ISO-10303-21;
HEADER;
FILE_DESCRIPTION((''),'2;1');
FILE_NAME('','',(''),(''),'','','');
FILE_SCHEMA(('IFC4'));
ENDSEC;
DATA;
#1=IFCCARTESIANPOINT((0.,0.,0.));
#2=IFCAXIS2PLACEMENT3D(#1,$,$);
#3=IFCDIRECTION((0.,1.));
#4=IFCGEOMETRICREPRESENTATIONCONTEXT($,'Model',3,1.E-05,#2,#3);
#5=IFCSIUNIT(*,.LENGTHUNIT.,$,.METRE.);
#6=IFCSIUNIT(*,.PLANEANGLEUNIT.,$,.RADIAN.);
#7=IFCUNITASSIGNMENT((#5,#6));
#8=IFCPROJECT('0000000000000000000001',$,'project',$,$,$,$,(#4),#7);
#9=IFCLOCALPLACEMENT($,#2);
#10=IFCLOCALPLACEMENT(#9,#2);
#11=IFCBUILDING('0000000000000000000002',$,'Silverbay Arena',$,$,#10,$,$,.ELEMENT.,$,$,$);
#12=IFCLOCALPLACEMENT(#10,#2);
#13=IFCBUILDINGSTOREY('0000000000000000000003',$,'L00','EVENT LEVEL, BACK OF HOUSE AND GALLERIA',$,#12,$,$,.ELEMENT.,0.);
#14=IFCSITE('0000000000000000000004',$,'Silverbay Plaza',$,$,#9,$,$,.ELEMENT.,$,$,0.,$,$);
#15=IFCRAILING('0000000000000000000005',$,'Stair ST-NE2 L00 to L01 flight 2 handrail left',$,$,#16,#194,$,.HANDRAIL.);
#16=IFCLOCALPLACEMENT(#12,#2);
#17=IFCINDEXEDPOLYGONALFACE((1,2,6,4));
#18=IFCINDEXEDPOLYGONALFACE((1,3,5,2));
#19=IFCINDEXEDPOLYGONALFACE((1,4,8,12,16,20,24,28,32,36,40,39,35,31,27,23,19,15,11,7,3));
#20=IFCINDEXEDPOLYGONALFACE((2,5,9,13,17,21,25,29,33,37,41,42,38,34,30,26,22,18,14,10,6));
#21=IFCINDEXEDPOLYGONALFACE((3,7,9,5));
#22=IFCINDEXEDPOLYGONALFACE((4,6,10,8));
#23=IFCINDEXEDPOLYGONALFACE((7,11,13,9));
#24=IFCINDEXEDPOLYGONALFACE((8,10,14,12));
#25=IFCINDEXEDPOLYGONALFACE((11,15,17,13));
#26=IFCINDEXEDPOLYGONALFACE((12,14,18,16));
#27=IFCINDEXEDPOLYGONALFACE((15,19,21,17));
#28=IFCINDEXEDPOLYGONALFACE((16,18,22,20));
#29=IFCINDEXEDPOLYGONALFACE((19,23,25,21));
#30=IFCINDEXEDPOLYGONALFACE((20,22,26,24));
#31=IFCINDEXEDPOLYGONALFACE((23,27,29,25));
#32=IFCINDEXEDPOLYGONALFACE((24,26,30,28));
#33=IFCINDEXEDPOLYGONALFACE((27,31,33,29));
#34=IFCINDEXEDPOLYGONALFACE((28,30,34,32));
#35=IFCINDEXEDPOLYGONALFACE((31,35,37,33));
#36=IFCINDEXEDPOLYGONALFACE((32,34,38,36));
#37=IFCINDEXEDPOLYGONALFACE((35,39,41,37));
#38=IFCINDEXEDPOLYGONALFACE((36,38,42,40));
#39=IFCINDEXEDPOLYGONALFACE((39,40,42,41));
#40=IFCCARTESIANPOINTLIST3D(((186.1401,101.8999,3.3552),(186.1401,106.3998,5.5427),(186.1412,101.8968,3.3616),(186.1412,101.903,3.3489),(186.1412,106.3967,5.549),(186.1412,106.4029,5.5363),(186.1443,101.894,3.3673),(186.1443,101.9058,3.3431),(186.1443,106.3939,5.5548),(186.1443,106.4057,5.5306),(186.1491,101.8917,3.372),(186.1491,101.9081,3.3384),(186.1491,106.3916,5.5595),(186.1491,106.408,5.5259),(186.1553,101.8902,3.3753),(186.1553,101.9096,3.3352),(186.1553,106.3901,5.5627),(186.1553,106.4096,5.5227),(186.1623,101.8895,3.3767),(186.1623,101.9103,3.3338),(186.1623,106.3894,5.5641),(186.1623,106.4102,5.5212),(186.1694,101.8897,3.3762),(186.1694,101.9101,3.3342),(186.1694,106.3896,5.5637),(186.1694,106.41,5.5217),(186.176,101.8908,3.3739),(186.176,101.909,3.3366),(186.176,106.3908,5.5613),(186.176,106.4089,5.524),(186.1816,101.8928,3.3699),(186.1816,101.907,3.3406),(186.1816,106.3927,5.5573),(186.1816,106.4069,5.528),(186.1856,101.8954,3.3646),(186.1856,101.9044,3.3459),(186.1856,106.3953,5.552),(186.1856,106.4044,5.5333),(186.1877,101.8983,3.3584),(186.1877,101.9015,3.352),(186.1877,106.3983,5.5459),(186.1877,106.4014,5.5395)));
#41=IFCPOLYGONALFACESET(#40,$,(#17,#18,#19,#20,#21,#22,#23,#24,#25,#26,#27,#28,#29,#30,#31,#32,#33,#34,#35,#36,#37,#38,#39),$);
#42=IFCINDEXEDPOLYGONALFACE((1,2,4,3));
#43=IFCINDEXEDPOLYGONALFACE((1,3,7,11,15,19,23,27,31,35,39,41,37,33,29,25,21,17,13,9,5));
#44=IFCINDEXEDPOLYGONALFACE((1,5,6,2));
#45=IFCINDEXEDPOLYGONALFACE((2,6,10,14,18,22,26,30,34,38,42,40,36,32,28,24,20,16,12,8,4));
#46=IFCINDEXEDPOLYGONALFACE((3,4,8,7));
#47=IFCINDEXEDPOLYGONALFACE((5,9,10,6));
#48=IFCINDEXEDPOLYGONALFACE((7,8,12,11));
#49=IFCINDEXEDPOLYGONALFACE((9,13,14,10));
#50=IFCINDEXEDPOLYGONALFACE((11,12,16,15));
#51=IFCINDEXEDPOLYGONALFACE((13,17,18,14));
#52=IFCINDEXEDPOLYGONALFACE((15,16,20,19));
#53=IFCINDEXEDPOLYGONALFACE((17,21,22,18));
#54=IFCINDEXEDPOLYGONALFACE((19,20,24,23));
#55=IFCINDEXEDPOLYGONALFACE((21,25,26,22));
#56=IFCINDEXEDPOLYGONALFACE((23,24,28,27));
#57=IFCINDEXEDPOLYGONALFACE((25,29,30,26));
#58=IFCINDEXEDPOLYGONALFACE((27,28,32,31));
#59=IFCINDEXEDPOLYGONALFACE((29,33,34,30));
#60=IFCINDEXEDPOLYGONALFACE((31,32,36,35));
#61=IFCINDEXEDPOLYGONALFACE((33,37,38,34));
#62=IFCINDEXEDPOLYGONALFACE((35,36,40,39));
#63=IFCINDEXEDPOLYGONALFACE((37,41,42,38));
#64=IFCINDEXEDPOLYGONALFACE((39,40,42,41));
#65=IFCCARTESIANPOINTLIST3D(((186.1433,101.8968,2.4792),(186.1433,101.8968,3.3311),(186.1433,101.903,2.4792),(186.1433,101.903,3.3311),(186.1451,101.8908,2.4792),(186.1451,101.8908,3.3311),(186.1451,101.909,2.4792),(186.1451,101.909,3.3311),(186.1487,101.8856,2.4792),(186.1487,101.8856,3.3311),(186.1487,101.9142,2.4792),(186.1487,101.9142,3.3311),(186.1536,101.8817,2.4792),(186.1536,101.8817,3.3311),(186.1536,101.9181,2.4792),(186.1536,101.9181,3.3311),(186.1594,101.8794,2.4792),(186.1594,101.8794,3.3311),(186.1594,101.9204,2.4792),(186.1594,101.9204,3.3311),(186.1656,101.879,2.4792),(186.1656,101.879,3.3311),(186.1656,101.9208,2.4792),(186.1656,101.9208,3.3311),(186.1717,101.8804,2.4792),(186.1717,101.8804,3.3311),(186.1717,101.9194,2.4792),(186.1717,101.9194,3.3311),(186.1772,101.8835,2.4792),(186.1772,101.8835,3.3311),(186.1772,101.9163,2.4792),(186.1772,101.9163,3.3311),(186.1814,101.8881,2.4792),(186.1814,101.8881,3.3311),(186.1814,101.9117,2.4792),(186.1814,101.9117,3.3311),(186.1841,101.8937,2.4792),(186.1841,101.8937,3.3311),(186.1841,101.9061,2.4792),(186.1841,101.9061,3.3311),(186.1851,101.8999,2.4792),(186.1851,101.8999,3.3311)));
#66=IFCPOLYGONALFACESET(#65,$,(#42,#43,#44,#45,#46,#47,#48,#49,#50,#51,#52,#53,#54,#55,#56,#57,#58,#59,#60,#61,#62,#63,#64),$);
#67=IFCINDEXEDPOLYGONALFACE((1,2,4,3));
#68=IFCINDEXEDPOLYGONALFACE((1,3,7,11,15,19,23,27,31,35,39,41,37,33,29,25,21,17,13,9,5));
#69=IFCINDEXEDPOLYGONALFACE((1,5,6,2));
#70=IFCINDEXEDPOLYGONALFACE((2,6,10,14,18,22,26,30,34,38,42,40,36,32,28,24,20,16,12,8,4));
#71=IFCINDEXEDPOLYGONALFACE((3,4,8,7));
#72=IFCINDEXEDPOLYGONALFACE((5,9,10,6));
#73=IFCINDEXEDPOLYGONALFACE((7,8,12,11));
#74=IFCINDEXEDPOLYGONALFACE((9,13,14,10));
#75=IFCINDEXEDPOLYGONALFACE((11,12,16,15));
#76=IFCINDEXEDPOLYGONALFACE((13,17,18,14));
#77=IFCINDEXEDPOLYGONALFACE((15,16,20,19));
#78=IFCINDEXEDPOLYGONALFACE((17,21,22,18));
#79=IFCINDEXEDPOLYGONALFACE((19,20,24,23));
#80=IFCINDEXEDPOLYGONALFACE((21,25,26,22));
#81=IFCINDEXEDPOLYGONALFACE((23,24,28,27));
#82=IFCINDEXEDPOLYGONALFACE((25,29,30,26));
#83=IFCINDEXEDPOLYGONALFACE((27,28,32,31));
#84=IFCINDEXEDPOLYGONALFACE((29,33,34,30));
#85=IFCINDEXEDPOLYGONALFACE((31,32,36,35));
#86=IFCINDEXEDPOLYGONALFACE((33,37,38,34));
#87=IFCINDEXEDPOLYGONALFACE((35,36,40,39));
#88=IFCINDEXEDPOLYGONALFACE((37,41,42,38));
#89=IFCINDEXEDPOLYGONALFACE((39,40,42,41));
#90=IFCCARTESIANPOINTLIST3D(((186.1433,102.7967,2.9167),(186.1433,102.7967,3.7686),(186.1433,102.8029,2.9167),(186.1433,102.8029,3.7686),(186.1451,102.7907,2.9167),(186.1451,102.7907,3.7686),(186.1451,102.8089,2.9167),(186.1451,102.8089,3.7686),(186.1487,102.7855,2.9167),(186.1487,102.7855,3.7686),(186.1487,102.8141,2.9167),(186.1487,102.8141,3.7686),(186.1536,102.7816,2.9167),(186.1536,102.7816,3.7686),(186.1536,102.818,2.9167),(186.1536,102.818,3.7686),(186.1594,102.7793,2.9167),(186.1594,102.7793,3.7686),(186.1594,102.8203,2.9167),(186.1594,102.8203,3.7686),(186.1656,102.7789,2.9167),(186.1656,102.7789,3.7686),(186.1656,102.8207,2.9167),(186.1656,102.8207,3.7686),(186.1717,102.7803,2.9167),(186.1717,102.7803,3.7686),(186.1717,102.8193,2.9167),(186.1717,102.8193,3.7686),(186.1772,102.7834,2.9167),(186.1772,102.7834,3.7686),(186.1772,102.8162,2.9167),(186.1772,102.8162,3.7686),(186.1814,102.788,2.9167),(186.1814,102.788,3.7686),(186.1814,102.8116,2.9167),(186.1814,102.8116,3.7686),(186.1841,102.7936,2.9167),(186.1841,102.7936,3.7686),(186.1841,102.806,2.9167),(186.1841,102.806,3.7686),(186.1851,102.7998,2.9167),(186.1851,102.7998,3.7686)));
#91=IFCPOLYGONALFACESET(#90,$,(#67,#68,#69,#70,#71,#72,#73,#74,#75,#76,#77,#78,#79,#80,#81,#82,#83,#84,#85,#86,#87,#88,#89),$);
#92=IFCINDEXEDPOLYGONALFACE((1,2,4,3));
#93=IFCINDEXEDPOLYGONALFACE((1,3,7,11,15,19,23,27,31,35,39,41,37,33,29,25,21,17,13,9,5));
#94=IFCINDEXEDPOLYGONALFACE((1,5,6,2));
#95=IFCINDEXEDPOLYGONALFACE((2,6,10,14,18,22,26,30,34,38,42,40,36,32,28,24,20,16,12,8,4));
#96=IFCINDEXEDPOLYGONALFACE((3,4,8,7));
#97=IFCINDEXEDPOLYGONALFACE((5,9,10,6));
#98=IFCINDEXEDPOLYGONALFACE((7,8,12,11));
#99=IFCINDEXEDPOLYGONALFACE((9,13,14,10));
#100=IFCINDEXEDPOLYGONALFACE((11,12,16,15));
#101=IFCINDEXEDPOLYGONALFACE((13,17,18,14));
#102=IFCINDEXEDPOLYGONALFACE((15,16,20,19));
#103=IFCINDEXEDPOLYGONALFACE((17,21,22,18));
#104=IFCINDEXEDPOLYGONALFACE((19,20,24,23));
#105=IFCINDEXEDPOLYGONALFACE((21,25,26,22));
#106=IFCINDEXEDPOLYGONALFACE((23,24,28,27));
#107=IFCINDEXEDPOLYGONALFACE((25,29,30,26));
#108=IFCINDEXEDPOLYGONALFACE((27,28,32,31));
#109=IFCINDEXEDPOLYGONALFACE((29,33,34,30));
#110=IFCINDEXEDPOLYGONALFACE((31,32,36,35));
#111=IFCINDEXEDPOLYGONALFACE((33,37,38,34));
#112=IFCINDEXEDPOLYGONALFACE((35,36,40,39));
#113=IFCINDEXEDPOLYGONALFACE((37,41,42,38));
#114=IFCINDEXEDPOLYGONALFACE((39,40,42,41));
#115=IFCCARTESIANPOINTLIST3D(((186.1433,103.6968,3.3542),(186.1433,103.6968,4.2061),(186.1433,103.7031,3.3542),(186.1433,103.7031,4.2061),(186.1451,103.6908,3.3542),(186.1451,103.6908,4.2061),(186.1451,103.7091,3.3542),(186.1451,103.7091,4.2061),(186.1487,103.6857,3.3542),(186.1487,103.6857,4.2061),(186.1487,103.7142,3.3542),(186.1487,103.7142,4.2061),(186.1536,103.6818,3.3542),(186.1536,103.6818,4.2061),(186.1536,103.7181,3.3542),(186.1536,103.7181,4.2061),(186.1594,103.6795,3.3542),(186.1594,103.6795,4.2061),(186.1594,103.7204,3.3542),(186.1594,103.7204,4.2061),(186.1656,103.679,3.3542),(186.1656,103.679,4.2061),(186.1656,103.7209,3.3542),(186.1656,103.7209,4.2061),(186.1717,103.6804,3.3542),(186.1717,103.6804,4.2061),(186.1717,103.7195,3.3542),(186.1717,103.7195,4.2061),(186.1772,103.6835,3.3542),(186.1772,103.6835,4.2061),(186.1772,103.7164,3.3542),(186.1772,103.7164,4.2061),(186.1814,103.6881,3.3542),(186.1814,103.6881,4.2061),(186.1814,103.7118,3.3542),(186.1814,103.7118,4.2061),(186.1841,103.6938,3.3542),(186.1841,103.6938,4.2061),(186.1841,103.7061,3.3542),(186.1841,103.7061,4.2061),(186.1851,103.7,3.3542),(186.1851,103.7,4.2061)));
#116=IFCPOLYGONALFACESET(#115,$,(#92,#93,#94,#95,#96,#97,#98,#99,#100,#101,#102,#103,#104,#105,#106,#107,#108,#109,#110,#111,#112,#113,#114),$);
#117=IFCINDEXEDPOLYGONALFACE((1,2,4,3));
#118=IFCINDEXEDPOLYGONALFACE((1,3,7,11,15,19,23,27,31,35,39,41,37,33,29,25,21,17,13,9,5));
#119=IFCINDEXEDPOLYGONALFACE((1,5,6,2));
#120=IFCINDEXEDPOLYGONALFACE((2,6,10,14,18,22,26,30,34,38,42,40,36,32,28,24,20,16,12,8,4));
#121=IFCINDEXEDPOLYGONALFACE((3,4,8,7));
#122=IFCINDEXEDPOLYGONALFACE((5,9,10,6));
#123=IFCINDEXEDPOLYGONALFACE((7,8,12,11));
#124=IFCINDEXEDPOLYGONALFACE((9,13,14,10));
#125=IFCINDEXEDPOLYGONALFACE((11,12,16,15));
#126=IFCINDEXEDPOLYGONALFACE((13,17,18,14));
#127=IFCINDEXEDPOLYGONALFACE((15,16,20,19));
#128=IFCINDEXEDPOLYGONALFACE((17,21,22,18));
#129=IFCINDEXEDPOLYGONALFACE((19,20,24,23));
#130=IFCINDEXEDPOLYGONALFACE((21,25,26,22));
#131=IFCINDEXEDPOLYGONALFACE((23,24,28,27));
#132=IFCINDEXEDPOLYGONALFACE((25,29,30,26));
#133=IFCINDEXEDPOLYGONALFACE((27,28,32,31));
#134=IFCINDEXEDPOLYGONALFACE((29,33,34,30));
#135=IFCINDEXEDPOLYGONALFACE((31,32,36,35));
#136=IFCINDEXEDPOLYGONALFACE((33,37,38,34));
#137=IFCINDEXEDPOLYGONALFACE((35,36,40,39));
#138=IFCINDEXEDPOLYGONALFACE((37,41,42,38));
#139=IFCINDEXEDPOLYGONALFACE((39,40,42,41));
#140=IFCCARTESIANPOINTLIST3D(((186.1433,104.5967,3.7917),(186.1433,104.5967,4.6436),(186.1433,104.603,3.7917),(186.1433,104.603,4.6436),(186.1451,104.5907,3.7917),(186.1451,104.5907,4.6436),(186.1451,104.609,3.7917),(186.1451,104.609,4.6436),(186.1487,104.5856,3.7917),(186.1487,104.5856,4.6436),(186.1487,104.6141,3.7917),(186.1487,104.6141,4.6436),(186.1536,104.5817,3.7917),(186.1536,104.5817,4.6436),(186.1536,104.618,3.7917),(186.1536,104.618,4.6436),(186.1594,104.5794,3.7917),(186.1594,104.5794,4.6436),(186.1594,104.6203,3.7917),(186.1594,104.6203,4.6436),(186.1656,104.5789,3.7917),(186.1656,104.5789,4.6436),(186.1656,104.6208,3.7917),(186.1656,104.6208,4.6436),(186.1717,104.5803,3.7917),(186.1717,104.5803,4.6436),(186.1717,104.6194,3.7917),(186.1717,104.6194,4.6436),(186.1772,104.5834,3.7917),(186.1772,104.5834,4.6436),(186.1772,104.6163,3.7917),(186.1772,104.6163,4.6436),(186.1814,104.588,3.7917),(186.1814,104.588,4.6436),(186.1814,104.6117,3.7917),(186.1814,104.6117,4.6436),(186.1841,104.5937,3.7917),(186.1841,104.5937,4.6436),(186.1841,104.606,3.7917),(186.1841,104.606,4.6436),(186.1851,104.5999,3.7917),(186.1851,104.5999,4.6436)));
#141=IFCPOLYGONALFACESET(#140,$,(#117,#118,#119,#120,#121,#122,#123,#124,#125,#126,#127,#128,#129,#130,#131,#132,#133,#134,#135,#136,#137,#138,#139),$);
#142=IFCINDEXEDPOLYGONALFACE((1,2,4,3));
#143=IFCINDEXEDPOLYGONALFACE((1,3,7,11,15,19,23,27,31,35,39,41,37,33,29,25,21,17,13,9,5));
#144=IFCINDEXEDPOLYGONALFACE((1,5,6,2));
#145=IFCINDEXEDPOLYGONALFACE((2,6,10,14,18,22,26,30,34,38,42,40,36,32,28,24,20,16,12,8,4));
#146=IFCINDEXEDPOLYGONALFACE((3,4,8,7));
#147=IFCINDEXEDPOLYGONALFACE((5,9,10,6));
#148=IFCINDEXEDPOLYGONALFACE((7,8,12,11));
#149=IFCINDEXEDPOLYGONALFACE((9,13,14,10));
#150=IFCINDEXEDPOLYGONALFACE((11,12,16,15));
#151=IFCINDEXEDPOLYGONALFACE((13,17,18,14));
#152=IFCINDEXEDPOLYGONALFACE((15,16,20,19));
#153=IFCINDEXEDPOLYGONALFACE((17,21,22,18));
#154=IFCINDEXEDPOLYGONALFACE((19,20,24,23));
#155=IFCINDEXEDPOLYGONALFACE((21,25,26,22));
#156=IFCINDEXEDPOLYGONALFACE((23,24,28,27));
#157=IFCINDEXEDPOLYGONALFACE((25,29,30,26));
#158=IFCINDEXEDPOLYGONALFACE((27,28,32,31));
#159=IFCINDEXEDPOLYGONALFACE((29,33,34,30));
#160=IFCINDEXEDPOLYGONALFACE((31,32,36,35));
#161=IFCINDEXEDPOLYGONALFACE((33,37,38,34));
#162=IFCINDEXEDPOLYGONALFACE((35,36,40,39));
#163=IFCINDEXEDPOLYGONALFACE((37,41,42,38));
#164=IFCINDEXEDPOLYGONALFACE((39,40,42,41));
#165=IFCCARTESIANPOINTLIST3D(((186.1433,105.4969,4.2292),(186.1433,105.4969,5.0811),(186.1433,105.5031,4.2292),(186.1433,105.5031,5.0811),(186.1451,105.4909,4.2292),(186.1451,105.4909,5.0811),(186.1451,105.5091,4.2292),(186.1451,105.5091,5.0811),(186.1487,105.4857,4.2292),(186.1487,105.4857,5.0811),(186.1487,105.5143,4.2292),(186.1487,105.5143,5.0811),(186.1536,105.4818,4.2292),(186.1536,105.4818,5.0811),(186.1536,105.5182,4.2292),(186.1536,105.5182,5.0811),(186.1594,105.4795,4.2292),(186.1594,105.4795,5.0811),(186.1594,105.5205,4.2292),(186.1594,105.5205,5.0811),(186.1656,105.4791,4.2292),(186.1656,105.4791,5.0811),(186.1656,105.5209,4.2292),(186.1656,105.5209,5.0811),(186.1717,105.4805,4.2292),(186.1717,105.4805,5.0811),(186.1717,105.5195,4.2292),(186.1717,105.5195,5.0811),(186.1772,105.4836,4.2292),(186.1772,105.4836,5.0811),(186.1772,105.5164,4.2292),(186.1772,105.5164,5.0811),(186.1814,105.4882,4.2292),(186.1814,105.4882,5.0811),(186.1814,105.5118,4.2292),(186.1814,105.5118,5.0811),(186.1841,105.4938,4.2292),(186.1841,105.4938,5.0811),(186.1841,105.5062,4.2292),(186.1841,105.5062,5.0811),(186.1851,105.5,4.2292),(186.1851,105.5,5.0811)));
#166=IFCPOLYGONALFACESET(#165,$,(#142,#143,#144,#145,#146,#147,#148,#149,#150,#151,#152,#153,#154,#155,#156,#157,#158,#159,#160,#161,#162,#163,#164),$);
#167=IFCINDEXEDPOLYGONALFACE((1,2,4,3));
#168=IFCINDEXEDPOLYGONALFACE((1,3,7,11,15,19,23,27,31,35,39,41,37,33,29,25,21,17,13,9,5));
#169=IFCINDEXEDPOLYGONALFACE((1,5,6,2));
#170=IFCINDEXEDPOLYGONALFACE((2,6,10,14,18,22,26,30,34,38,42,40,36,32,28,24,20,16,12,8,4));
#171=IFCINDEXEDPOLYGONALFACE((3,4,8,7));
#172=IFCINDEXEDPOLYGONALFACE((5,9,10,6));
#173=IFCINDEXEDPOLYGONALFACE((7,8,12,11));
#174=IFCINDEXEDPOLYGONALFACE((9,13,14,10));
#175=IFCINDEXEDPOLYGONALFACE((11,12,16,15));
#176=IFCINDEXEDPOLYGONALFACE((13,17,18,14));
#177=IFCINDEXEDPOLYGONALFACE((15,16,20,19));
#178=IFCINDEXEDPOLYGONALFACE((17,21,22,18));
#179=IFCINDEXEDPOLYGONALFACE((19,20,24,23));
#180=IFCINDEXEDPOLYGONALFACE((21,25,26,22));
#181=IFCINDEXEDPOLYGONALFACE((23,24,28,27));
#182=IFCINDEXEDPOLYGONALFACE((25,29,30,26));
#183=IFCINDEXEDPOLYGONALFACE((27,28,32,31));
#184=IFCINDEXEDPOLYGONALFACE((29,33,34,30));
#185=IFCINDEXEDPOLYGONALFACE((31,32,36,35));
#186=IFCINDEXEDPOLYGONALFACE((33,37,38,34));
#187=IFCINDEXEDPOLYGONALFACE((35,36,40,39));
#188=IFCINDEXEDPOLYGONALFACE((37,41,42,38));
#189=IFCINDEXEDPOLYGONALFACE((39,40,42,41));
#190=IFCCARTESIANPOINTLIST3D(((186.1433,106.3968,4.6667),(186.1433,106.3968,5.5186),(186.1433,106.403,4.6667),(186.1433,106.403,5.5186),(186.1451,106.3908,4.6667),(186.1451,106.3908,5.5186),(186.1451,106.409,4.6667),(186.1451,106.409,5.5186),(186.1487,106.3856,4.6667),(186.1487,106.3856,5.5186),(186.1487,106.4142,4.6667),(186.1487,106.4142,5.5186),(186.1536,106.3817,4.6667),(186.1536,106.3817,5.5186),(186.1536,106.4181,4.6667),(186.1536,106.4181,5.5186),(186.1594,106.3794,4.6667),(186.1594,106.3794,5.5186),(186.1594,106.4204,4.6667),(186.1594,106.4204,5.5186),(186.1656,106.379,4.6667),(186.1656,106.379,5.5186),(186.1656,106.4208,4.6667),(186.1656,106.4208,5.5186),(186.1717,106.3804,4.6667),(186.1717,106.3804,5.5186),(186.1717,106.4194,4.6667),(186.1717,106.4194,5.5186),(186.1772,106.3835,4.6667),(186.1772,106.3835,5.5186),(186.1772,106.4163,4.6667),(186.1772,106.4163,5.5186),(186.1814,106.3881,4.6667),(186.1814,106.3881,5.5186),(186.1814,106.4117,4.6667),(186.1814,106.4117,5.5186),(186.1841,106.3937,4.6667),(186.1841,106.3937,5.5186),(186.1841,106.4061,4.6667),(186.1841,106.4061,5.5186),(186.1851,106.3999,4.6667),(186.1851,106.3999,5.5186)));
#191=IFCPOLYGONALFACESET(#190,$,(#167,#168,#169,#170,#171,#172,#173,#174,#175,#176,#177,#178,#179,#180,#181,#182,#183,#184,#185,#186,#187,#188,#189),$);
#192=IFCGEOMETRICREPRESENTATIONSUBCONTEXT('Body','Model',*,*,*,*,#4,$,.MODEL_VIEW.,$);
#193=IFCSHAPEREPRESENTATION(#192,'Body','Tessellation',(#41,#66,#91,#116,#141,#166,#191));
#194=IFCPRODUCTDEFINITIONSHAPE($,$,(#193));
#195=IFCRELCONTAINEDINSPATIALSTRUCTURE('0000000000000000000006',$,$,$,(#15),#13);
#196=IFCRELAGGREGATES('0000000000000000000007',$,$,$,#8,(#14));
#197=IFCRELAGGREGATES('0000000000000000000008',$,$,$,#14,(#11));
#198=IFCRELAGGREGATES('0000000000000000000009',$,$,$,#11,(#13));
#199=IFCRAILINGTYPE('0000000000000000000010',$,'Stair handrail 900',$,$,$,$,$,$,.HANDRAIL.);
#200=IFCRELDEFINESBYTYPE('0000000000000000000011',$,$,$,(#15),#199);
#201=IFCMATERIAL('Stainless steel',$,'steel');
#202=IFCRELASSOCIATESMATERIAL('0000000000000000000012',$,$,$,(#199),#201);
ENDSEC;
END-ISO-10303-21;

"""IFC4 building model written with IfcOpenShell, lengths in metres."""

from ifc_helpers import new_model, si_unit, direction, frame, origin, origin_2d, place, context, subcontext, project, spatial, circle, extrude, material, type_object, element, save


model = new_model("IFC4")

# Units and contexts
model_context = context("Model", 3, precision=1e-05, world=origin(), true_north=direction((0.0, 1.0)))
body_context = subcontext(model_context, "Body", "Model", "MODEL_VIEW")
ifc_project = project(units=[si_unit("LENGTHUNIT", "METRE"), si_unit("PLANEANGLEUNIT", "RADIAN")], contexts=[model_context])

# Site, building, storey
site_placement = place(None, origin())
site = spatial("IfcSite", under=ifc_project, at=site_placement, Name="Silverbay Plaza", CompositionType="ELEMENT", RefElevation=0.0)
building_placement = place(site_placement, origin())
building = spatial("IfcBuilding", under=site, at=building_placement, Name="Silverbay Arena", CompositionType="ELEMENT")
storey_placement = place(building_placement, origin())
storey = spatial("IfcBuildingStorey", under=building, at=storey_placement, Name="L00", Description="EVENT LEVEL, BACK OF HOUSE AND GALLERIA", CompositionType="ELEMENT", Elevation=0.0)

# Railing
ifc_material_1 = material(Name="Stainless steel", Category="steel")
railing_type_1 = type_object("IfcRailingType", Name="Stair handrail 900", PredefinedType="HANDRAIL", material=ifc_material_1)
for number, where, name in (
    (1, (186.1641, 101.8999, 2.4792), "Stair ST-NE2 L00 to L01 flight 2 handrail left"),
):
    element("IfcRailing", number, at=place(storey_placement, frame(where)), inside=storey, type_object=railing_type_1, Name=name, PredefinedType="HANDRAIL", context=body_context, shape_type="SweptSolid", body=[
        extrude(circle(Radius=0.0239, at=origin_2d()), frame((0.0, 0.0, 0.876), z_axis=(0.0, 0.899368, 0.437193), x_axis=(-1.0, 0.0, 0.0)), (0.0, 0.0, 1.0), 5.0034),
        extrude(circle(Radius=0.021, at=origin_2d()), origin(), (0.0, 0.0, 1.0), 0.8518),
        extrude(circle(Radius=0.021, at=origin_2d()), frame((0.0, 0.8999, 0.4375)), (0.0, 0.0, 1.0), 0.8518),
        extrude(circle(Radius=0.021, at=origin_2d()), frame((0.0, 1.8, 0.875)), (0.0, 0.0, 1.0), 0.8518),
        extrude(circle(Radius=0.021, at=origin_2d()), frame((0.0, 2.7, 1.3125)), (0.0, 0.0, 1.0), 0.8518),
        extrude(circle(Radius=0.021, at=origin_2d()), frame((0.0, 3.6001, 1.75)), (0.0, 0.0, 1.0), 0.8518),
        extrude(circle(Radius=0.021, at=origin_2d()), frame((0.0, 4.5, 2.1875)), (0.0, 0.0, 1.0), 0.8518),
    ])

save(model, "model.ifc")
